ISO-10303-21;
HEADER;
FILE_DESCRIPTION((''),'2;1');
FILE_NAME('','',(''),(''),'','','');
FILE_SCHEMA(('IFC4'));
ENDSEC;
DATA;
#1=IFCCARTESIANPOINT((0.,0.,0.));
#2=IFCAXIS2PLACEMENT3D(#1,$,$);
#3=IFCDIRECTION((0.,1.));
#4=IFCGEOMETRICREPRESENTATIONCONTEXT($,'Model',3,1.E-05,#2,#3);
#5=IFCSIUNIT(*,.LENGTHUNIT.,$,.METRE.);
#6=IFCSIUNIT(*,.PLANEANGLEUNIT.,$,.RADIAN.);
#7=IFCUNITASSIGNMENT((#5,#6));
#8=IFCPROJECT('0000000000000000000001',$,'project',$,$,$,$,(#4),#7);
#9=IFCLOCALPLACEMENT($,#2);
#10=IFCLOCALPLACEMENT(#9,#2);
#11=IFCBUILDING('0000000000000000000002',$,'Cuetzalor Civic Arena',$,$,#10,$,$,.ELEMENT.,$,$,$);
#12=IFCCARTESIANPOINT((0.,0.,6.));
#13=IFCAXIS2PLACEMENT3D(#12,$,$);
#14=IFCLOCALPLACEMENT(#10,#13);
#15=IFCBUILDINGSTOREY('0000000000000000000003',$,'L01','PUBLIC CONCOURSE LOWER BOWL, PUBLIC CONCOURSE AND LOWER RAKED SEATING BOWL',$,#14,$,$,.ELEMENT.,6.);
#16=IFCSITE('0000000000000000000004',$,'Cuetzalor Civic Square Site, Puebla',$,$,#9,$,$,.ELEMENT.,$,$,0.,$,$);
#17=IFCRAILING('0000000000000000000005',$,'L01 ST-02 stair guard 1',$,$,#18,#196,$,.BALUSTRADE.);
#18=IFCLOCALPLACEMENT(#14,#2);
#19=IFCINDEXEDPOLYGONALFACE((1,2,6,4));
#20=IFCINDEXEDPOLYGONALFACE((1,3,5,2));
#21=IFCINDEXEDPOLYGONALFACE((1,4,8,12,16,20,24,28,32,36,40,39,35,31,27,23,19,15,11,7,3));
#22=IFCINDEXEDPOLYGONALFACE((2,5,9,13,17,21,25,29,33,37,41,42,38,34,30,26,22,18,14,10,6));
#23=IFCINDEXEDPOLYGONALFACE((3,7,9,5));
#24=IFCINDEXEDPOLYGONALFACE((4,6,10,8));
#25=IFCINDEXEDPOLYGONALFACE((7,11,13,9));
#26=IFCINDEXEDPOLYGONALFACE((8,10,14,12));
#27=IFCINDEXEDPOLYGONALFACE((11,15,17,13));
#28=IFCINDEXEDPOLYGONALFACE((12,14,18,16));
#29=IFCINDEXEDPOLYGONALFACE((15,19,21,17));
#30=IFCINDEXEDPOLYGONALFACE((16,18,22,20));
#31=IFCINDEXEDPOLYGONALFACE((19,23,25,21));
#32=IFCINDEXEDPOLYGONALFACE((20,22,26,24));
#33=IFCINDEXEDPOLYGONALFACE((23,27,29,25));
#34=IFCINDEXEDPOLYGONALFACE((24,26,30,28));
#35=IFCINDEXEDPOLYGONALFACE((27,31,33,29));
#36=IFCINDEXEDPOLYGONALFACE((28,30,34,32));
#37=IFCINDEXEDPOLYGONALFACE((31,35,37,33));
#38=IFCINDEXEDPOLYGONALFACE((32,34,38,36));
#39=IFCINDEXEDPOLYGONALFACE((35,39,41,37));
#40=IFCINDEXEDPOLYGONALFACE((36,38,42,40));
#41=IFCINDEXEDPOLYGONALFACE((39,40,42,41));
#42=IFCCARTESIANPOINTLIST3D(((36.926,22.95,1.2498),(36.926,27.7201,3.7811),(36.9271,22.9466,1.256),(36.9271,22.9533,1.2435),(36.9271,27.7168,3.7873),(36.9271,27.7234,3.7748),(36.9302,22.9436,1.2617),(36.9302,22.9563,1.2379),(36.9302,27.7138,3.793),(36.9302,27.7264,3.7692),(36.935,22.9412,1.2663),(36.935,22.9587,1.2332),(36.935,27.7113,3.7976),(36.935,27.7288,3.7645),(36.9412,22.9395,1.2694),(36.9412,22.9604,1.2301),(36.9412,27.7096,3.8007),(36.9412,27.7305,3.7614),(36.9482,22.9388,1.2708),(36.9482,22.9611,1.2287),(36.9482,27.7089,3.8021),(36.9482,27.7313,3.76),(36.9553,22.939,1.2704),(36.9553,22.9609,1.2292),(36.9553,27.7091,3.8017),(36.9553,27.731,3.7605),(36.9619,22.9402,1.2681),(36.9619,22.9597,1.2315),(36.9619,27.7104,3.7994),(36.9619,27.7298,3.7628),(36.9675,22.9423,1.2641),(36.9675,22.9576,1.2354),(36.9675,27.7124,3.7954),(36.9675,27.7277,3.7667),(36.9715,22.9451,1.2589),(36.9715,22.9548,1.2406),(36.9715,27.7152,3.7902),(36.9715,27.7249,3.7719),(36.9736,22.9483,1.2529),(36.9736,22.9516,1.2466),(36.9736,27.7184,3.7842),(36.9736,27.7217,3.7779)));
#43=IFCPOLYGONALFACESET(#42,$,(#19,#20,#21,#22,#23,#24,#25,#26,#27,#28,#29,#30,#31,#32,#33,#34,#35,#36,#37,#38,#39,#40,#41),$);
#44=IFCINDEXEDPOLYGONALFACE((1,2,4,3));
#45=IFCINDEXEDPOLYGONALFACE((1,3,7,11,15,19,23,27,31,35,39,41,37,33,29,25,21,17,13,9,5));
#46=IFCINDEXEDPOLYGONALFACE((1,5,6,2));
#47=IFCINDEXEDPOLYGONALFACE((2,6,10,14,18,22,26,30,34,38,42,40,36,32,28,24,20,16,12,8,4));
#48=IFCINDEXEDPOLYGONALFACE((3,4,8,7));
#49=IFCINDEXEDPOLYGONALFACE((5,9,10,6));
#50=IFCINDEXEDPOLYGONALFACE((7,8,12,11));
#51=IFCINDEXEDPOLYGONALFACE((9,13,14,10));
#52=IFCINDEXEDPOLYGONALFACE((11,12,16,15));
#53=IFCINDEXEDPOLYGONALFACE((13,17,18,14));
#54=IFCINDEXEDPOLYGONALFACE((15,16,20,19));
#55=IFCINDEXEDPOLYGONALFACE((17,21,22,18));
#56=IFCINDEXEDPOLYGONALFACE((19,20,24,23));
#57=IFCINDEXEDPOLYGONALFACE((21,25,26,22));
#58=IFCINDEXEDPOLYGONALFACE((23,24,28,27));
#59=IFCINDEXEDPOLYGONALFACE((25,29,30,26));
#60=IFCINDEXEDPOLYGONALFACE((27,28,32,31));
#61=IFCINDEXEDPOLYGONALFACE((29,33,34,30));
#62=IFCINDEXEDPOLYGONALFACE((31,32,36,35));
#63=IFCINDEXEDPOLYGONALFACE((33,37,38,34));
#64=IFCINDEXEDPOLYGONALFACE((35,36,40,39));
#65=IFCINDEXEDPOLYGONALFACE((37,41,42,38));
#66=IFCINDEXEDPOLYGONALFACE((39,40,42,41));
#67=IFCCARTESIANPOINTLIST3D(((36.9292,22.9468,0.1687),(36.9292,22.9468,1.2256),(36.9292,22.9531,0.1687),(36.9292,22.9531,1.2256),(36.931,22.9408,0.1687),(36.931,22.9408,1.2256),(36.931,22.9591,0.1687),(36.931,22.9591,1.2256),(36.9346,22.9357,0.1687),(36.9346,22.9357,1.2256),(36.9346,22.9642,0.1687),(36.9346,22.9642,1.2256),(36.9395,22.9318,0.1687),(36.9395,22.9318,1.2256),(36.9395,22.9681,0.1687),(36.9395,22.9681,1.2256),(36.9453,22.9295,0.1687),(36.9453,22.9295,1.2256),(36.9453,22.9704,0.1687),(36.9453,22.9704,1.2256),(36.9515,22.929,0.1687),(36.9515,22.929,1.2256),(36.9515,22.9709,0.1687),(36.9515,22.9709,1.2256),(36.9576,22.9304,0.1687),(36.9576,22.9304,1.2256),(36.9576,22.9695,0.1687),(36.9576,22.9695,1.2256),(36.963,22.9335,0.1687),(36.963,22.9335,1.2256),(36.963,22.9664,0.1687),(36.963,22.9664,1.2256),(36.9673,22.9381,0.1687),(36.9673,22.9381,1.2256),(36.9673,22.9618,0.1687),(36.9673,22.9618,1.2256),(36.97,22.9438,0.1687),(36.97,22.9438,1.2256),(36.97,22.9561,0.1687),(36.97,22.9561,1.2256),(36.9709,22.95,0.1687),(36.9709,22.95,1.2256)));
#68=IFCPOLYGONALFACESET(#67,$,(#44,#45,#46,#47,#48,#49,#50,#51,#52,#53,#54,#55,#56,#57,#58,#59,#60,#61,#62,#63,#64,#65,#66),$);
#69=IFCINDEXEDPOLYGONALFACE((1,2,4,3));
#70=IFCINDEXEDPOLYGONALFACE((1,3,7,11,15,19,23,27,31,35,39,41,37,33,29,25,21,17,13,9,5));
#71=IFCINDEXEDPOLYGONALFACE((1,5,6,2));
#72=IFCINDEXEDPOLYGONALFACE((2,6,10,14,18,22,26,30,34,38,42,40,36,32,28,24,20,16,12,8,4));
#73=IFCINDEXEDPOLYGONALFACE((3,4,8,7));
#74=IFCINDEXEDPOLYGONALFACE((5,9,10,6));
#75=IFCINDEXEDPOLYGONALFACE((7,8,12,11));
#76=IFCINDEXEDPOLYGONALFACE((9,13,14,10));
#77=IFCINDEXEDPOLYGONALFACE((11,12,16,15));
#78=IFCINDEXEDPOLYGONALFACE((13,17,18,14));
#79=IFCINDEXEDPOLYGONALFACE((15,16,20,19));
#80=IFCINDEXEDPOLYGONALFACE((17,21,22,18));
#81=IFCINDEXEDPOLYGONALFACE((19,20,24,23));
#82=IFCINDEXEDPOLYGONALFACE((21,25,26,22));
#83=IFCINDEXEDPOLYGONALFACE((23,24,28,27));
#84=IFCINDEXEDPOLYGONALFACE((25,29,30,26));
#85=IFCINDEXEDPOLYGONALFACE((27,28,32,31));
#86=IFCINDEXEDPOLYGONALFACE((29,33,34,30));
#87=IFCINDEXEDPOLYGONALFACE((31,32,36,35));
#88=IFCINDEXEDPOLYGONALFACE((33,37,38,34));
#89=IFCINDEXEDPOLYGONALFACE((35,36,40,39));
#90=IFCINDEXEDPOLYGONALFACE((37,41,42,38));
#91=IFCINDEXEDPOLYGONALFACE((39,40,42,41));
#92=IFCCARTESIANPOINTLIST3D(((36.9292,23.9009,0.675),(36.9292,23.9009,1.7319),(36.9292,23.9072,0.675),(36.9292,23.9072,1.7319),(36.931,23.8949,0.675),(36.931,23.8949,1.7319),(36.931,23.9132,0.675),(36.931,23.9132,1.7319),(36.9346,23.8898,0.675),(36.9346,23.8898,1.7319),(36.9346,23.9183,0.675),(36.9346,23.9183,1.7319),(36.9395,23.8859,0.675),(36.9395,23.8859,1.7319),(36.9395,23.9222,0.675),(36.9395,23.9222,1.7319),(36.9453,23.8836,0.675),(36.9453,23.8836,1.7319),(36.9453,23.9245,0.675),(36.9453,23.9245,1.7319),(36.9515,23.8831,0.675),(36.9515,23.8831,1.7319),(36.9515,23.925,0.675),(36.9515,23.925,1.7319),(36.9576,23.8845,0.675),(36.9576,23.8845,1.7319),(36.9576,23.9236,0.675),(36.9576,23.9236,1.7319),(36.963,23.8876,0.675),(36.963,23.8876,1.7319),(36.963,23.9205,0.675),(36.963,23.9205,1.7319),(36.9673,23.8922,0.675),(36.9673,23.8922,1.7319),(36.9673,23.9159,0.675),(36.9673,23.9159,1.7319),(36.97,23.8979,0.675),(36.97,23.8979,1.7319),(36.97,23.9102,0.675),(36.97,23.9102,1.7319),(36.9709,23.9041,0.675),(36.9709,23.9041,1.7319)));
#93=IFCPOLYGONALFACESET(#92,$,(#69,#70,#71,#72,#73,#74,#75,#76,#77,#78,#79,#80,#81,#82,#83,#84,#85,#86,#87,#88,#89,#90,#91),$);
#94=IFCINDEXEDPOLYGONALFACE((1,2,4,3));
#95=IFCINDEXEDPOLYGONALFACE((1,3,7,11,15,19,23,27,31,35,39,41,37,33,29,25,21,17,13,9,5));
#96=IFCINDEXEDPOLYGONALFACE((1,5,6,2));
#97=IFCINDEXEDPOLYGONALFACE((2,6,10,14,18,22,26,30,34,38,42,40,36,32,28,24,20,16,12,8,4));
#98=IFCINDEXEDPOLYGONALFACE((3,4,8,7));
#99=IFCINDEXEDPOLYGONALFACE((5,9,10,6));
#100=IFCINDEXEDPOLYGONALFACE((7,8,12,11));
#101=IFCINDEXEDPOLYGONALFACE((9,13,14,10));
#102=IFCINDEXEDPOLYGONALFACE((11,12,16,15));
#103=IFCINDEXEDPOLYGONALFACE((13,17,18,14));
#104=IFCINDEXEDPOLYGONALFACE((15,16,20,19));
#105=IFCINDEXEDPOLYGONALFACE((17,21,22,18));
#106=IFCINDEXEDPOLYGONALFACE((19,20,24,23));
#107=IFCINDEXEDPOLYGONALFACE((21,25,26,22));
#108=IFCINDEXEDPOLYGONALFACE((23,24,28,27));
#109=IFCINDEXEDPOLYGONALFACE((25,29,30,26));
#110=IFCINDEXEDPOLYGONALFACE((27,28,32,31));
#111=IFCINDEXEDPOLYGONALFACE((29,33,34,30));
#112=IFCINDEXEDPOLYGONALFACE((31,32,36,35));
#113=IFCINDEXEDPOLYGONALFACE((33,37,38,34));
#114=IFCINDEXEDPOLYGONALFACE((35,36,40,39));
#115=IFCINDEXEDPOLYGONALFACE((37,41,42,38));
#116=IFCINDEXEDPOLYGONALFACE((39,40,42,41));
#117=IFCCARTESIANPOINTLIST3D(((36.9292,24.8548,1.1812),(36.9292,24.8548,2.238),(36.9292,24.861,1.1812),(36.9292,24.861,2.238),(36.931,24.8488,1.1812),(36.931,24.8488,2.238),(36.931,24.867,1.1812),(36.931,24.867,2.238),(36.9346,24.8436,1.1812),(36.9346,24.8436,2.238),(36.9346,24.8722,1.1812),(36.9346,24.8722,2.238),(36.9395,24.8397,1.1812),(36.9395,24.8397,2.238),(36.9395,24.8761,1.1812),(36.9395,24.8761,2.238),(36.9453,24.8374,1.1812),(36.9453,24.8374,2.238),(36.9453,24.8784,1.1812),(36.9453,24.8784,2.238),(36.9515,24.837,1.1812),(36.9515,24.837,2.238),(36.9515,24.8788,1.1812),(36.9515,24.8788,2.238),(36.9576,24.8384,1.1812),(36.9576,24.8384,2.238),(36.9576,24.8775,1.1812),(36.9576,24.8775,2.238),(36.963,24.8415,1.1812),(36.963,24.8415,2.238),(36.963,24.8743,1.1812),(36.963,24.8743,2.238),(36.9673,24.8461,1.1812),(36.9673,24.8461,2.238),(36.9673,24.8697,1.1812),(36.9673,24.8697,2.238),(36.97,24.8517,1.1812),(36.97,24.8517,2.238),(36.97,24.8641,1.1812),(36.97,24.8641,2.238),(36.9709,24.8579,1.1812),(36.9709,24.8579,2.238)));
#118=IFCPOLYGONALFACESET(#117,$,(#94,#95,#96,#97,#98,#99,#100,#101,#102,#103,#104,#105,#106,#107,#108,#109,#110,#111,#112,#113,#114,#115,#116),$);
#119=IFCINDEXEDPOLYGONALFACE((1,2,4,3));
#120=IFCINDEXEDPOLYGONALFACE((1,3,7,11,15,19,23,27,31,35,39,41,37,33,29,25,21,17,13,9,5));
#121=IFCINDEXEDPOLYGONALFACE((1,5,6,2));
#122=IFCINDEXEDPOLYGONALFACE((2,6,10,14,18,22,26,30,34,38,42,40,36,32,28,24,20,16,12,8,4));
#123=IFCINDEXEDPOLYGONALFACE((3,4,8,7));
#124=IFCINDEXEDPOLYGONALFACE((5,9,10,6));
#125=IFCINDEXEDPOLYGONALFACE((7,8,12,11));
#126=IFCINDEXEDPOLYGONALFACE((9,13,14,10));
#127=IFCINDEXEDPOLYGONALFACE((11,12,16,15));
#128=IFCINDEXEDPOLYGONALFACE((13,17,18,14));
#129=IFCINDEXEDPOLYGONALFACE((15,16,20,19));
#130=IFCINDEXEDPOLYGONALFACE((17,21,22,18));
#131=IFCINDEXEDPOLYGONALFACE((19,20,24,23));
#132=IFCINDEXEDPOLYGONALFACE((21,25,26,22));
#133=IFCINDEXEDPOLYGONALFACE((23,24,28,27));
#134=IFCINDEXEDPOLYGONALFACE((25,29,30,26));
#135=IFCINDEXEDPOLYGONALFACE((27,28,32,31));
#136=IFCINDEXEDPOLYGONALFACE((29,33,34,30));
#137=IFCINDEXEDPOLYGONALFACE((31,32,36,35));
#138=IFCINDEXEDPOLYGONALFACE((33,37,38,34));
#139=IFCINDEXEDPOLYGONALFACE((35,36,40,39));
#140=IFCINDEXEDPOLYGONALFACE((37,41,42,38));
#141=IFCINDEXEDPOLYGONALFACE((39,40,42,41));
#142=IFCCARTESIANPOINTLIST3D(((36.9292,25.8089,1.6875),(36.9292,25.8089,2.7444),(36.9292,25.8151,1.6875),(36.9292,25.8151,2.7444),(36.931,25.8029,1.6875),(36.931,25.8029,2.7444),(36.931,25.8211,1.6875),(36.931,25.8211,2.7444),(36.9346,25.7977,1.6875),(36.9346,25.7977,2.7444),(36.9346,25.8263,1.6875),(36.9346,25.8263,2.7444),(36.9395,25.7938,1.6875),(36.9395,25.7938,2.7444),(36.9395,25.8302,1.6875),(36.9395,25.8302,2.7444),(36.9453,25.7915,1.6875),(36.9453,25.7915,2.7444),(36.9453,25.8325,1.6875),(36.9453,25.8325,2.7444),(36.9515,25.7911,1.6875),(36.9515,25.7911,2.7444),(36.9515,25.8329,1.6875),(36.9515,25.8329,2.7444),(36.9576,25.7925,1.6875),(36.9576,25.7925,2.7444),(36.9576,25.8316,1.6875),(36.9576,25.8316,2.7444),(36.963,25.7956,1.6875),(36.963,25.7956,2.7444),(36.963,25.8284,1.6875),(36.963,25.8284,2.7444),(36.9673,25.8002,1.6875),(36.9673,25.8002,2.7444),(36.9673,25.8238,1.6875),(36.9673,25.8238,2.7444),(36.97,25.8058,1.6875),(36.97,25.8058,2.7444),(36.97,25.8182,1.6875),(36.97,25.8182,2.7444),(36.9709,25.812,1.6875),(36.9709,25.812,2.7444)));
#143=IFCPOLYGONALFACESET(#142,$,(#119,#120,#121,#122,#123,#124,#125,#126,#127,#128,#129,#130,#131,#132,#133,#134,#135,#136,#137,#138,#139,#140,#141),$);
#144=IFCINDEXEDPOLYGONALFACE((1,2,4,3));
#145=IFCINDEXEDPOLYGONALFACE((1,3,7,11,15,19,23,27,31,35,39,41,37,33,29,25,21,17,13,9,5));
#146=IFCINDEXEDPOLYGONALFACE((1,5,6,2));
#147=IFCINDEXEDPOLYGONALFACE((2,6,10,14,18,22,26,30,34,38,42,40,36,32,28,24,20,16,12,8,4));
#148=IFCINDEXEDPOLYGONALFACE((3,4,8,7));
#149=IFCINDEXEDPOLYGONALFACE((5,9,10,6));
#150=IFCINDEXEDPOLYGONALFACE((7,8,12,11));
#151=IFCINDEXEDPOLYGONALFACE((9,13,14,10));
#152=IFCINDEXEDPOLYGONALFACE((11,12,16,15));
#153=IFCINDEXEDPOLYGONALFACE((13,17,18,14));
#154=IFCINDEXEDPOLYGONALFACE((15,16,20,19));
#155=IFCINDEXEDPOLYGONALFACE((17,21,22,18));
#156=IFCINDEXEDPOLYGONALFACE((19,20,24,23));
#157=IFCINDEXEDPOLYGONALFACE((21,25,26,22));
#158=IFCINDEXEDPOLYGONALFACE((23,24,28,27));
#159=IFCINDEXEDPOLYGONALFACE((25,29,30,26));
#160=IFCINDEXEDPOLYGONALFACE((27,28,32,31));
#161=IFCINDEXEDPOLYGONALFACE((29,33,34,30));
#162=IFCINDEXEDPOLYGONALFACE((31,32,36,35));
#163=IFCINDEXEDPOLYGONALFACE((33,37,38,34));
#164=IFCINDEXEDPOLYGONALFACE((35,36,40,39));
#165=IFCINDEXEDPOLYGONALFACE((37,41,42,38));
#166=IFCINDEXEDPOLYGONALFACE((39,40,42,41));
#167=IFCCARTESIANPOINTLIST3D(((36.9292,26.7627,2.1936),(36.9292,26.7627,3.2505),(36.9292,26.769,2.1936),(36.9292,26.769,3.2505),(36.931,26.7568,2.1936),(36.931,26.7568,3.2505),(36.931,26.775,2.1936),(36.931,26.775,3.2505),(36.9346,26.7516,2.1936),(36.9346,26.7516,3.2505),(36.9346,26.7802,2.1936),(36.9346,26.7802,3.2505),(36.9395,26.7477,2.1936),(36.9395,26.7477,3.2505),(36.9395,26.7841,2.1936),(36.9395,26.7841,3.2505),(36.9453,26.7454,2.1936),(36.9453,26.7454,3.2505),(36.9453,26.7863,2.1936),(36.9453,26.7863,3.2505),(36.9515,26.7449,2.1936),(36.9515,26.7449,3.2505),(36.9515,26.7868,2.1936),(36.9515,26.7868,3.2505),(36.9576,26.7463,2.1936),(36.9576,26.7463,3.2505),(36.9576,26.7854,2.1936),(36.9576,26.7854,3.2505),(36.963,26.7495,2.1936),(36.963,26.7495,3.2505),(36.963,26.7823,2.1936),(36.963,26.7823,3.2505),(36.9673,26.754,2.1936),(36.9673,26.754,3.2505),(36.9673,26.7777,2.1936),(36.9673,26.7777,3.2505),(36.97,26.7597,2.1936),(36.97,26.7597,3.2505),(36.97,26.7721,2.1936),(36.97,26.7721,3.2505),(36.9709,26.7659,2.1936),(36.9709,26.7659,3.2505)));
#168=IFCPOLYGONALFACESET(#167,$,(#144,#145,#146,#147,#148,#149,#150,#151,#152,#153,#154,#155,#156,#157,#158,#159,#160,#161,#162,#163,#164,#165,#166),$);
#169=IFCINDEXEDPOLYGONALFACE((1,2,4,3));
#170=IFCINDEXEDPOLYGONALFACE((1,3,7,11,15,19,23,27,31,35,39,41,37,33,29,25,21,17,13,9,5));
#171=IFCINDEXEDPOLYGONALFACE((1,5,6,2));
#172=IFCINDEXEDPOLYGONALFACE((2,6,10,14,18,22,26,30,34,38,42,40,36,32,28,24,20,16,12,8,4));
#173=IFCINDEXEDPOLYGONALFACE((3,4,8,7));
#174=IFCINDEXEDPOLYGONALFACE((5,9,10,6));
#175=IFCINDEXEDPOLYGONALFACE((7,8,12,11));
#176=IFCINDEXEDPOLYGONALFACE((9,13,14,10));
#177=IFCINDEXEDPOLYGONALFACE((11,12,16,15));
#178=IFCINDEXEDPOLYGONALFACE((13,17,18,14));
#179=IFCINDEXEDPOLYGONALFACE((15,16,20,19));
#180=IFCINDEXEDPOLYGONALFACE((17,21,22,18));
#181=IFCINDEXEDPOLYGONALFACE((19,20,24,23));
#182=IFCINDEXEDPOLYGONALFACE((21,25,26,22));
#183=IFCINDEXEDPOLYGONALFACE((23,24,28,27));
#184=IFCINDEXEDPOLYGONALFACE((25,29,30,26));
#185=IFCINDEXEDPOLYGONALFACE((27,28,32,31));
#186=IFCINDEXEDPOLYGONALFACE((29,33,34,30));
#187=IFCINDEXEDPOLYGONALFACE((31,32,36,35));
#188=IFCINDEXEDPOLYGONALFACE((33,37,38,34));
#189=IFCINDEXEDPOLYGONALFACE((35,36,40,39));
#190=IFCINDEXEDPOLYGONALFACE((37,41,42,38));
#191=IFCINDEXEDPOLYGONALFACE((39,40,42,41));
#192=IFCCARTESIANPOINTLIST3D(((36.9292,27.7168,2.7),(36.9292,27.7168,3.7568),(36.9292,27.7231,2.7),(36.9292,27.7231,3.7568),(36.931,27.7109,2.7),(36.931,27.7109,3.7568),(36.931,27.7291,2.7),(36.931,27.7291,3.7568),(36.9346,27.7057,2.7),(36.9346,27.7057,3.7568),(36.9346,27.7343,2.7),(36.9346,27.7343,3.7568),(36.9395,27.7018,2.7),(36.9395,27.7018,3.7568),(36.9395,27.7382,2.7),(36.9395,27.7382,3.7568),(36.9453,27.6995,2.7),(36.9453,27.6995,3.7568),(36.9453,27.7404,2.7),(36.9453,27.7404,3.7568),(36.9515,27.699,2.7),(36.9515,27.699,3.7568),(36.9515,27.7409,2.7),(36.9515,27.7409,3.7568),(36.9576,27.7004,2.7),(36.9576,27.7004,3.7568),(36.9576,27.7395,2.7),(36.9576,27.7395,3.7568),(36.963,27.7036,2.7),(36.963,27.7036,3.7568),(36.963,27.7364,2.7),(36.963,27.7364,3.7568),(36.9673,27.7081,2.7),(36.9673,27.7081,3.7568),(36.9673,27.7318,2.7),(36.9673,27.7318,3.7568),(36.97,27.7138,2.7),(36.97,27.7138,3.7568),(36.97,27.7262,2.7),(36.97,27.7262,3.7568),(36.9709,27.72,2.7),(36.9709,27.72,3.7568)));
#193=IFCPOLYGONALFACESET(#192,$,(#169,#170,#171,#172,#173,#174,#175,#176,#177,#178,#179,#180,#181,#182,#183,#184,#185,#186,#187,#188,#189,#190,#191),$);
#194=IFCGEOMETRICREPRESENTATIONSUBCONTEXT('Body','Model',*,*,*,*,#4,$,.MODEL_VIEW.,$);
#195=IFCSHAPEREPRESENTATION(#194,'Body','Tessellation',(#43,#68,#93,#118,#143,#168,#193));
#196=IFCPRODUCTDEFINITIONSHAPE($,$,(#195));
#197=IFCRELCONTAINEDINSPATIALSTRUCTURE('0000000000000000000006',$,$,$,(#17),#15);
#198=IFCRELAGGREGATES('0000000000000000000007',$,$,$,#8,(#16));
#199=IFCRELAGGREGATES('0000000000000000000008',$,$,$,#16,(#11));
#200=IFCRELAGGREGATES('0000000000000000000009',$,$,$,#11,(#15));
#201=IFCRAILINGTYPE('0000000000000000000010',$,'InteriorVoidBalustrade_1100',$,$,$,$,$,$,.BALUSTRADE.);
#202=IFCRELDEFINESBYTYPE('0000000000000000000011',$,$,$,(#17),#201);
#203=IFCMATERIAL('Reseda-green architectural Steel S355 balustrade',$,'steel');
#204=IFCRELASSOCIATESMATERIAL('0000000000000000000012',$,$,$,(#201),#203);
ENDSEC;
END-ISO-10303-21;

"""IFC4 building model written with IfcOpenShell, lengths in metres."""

from ifc_helpers import new_model, si_unit, direction, frame, origin, origin_2d, place, context, subcontext, project, spatial, circle, extrude, material, type_object, element, save


model = new_model("IFC4")

# Units and contexts
model_context = context("Model", 3, precision=1e-05, world=origin(), true_north=direction((0.0, 1.0)))
body_context = subcontext(model_context, "Body", "Model", "MODEL_VIEW")
ifc_project = project(units=[si_unit("LENGTHUNIT", "METRE"), si_unit("PLANEANGLEUNIT", "RADIAN")], contexts=[model_context])

# Site, building, storey
site_placement = place(None, origin())
site = spatial("IfcSite", under=ifc_project, at=site_placement, Name="Cuetzalor Civic Square Site, Puebla", CompositionType="ELEMENT", RefElevation=0.0)
building_placement = place(site_placement, origin())
building = spatial("IfcBuilding", under=site, at=building_placement, Name="Cuetzalor Civic Arena", CompositionType="ELEMENT")
storey_placement = place(building_placement, frame((0.0, 0.0, 6.0)))
storey = spatial("IfcBuildingStorey", under=building, at=storey_placement, Name="L01", Description="PUBLIC CONCOURSE LOWER BOWL, PUBLIC CONCOURSE AND LOWER RAKED SEATING BOWL", CompositionType="ELEMENT", Elevation=6.0)

# Railing
ifc_material_1 = material(Name="Reseda-green architectural Steel S355 balustrade", Category="steel")
railing_type_1 = type_object("IfcRailingType", Name="InteriorVoidBalustrade_1100", PredefinedType="BALUSTRADE", material=ifc_material_1)
railing_1_placement = place(storey_placement, frame((36.95, 22.95, 0.1687)))
element("IfcRailing", 1, at=railing_1_placement, inside=storey, type_object=railing_type_1, Name="L01 ST-02 stair guard 1", PredefinedType="BALUSTRADE", context=body_context, shape_type="SweptSolid", body=[
    extrude(circle(Radius=0.0239, at=origin_2d()), frame((0.0, 0.0, 1.0811), z_axis=(0.0, 0.883332, 0.468747), x_axis=(-1.0, 0.0, 0.0)), (0.0, 0.0, 1.0), 5.4001),
    extrude(circle(Radius=0.021, at=origin_2d()), origin(), (0.0, 0.0, 1.0), 1.0569),
    extrude(circle(Radius=0.021, at=origin_2d()), frame((0.0, 0.9541, 0.5063)), (0.0, 0.0, 1.0), 1.0569),
    extrude(circle(Radius=0.021, at=origin_2d()), frame((0.0, 1.908, 1.0125)), (0.0, 0.0, 1.0), 1.0569),
    extrude(circle(Radius=0.021, at=origin_2d()), frame((0.0, 2.8621, 1.5188)), (0.0, 0.0, 1.0), 1.0569),
    extrude(circle(Radius=0.021, at=origin_2d()), frame((0.0, 3.8159, 2.0249)), (0.0, 0.0, 1.0), 1.0569),
    extrude(circle(Radius=0.021, at=origin_2d()), frame((0.0, 4.77, 2.5312)), (0.0, 0.0, 1.0), 1.0569),
])

save(model, "model.ifc")
